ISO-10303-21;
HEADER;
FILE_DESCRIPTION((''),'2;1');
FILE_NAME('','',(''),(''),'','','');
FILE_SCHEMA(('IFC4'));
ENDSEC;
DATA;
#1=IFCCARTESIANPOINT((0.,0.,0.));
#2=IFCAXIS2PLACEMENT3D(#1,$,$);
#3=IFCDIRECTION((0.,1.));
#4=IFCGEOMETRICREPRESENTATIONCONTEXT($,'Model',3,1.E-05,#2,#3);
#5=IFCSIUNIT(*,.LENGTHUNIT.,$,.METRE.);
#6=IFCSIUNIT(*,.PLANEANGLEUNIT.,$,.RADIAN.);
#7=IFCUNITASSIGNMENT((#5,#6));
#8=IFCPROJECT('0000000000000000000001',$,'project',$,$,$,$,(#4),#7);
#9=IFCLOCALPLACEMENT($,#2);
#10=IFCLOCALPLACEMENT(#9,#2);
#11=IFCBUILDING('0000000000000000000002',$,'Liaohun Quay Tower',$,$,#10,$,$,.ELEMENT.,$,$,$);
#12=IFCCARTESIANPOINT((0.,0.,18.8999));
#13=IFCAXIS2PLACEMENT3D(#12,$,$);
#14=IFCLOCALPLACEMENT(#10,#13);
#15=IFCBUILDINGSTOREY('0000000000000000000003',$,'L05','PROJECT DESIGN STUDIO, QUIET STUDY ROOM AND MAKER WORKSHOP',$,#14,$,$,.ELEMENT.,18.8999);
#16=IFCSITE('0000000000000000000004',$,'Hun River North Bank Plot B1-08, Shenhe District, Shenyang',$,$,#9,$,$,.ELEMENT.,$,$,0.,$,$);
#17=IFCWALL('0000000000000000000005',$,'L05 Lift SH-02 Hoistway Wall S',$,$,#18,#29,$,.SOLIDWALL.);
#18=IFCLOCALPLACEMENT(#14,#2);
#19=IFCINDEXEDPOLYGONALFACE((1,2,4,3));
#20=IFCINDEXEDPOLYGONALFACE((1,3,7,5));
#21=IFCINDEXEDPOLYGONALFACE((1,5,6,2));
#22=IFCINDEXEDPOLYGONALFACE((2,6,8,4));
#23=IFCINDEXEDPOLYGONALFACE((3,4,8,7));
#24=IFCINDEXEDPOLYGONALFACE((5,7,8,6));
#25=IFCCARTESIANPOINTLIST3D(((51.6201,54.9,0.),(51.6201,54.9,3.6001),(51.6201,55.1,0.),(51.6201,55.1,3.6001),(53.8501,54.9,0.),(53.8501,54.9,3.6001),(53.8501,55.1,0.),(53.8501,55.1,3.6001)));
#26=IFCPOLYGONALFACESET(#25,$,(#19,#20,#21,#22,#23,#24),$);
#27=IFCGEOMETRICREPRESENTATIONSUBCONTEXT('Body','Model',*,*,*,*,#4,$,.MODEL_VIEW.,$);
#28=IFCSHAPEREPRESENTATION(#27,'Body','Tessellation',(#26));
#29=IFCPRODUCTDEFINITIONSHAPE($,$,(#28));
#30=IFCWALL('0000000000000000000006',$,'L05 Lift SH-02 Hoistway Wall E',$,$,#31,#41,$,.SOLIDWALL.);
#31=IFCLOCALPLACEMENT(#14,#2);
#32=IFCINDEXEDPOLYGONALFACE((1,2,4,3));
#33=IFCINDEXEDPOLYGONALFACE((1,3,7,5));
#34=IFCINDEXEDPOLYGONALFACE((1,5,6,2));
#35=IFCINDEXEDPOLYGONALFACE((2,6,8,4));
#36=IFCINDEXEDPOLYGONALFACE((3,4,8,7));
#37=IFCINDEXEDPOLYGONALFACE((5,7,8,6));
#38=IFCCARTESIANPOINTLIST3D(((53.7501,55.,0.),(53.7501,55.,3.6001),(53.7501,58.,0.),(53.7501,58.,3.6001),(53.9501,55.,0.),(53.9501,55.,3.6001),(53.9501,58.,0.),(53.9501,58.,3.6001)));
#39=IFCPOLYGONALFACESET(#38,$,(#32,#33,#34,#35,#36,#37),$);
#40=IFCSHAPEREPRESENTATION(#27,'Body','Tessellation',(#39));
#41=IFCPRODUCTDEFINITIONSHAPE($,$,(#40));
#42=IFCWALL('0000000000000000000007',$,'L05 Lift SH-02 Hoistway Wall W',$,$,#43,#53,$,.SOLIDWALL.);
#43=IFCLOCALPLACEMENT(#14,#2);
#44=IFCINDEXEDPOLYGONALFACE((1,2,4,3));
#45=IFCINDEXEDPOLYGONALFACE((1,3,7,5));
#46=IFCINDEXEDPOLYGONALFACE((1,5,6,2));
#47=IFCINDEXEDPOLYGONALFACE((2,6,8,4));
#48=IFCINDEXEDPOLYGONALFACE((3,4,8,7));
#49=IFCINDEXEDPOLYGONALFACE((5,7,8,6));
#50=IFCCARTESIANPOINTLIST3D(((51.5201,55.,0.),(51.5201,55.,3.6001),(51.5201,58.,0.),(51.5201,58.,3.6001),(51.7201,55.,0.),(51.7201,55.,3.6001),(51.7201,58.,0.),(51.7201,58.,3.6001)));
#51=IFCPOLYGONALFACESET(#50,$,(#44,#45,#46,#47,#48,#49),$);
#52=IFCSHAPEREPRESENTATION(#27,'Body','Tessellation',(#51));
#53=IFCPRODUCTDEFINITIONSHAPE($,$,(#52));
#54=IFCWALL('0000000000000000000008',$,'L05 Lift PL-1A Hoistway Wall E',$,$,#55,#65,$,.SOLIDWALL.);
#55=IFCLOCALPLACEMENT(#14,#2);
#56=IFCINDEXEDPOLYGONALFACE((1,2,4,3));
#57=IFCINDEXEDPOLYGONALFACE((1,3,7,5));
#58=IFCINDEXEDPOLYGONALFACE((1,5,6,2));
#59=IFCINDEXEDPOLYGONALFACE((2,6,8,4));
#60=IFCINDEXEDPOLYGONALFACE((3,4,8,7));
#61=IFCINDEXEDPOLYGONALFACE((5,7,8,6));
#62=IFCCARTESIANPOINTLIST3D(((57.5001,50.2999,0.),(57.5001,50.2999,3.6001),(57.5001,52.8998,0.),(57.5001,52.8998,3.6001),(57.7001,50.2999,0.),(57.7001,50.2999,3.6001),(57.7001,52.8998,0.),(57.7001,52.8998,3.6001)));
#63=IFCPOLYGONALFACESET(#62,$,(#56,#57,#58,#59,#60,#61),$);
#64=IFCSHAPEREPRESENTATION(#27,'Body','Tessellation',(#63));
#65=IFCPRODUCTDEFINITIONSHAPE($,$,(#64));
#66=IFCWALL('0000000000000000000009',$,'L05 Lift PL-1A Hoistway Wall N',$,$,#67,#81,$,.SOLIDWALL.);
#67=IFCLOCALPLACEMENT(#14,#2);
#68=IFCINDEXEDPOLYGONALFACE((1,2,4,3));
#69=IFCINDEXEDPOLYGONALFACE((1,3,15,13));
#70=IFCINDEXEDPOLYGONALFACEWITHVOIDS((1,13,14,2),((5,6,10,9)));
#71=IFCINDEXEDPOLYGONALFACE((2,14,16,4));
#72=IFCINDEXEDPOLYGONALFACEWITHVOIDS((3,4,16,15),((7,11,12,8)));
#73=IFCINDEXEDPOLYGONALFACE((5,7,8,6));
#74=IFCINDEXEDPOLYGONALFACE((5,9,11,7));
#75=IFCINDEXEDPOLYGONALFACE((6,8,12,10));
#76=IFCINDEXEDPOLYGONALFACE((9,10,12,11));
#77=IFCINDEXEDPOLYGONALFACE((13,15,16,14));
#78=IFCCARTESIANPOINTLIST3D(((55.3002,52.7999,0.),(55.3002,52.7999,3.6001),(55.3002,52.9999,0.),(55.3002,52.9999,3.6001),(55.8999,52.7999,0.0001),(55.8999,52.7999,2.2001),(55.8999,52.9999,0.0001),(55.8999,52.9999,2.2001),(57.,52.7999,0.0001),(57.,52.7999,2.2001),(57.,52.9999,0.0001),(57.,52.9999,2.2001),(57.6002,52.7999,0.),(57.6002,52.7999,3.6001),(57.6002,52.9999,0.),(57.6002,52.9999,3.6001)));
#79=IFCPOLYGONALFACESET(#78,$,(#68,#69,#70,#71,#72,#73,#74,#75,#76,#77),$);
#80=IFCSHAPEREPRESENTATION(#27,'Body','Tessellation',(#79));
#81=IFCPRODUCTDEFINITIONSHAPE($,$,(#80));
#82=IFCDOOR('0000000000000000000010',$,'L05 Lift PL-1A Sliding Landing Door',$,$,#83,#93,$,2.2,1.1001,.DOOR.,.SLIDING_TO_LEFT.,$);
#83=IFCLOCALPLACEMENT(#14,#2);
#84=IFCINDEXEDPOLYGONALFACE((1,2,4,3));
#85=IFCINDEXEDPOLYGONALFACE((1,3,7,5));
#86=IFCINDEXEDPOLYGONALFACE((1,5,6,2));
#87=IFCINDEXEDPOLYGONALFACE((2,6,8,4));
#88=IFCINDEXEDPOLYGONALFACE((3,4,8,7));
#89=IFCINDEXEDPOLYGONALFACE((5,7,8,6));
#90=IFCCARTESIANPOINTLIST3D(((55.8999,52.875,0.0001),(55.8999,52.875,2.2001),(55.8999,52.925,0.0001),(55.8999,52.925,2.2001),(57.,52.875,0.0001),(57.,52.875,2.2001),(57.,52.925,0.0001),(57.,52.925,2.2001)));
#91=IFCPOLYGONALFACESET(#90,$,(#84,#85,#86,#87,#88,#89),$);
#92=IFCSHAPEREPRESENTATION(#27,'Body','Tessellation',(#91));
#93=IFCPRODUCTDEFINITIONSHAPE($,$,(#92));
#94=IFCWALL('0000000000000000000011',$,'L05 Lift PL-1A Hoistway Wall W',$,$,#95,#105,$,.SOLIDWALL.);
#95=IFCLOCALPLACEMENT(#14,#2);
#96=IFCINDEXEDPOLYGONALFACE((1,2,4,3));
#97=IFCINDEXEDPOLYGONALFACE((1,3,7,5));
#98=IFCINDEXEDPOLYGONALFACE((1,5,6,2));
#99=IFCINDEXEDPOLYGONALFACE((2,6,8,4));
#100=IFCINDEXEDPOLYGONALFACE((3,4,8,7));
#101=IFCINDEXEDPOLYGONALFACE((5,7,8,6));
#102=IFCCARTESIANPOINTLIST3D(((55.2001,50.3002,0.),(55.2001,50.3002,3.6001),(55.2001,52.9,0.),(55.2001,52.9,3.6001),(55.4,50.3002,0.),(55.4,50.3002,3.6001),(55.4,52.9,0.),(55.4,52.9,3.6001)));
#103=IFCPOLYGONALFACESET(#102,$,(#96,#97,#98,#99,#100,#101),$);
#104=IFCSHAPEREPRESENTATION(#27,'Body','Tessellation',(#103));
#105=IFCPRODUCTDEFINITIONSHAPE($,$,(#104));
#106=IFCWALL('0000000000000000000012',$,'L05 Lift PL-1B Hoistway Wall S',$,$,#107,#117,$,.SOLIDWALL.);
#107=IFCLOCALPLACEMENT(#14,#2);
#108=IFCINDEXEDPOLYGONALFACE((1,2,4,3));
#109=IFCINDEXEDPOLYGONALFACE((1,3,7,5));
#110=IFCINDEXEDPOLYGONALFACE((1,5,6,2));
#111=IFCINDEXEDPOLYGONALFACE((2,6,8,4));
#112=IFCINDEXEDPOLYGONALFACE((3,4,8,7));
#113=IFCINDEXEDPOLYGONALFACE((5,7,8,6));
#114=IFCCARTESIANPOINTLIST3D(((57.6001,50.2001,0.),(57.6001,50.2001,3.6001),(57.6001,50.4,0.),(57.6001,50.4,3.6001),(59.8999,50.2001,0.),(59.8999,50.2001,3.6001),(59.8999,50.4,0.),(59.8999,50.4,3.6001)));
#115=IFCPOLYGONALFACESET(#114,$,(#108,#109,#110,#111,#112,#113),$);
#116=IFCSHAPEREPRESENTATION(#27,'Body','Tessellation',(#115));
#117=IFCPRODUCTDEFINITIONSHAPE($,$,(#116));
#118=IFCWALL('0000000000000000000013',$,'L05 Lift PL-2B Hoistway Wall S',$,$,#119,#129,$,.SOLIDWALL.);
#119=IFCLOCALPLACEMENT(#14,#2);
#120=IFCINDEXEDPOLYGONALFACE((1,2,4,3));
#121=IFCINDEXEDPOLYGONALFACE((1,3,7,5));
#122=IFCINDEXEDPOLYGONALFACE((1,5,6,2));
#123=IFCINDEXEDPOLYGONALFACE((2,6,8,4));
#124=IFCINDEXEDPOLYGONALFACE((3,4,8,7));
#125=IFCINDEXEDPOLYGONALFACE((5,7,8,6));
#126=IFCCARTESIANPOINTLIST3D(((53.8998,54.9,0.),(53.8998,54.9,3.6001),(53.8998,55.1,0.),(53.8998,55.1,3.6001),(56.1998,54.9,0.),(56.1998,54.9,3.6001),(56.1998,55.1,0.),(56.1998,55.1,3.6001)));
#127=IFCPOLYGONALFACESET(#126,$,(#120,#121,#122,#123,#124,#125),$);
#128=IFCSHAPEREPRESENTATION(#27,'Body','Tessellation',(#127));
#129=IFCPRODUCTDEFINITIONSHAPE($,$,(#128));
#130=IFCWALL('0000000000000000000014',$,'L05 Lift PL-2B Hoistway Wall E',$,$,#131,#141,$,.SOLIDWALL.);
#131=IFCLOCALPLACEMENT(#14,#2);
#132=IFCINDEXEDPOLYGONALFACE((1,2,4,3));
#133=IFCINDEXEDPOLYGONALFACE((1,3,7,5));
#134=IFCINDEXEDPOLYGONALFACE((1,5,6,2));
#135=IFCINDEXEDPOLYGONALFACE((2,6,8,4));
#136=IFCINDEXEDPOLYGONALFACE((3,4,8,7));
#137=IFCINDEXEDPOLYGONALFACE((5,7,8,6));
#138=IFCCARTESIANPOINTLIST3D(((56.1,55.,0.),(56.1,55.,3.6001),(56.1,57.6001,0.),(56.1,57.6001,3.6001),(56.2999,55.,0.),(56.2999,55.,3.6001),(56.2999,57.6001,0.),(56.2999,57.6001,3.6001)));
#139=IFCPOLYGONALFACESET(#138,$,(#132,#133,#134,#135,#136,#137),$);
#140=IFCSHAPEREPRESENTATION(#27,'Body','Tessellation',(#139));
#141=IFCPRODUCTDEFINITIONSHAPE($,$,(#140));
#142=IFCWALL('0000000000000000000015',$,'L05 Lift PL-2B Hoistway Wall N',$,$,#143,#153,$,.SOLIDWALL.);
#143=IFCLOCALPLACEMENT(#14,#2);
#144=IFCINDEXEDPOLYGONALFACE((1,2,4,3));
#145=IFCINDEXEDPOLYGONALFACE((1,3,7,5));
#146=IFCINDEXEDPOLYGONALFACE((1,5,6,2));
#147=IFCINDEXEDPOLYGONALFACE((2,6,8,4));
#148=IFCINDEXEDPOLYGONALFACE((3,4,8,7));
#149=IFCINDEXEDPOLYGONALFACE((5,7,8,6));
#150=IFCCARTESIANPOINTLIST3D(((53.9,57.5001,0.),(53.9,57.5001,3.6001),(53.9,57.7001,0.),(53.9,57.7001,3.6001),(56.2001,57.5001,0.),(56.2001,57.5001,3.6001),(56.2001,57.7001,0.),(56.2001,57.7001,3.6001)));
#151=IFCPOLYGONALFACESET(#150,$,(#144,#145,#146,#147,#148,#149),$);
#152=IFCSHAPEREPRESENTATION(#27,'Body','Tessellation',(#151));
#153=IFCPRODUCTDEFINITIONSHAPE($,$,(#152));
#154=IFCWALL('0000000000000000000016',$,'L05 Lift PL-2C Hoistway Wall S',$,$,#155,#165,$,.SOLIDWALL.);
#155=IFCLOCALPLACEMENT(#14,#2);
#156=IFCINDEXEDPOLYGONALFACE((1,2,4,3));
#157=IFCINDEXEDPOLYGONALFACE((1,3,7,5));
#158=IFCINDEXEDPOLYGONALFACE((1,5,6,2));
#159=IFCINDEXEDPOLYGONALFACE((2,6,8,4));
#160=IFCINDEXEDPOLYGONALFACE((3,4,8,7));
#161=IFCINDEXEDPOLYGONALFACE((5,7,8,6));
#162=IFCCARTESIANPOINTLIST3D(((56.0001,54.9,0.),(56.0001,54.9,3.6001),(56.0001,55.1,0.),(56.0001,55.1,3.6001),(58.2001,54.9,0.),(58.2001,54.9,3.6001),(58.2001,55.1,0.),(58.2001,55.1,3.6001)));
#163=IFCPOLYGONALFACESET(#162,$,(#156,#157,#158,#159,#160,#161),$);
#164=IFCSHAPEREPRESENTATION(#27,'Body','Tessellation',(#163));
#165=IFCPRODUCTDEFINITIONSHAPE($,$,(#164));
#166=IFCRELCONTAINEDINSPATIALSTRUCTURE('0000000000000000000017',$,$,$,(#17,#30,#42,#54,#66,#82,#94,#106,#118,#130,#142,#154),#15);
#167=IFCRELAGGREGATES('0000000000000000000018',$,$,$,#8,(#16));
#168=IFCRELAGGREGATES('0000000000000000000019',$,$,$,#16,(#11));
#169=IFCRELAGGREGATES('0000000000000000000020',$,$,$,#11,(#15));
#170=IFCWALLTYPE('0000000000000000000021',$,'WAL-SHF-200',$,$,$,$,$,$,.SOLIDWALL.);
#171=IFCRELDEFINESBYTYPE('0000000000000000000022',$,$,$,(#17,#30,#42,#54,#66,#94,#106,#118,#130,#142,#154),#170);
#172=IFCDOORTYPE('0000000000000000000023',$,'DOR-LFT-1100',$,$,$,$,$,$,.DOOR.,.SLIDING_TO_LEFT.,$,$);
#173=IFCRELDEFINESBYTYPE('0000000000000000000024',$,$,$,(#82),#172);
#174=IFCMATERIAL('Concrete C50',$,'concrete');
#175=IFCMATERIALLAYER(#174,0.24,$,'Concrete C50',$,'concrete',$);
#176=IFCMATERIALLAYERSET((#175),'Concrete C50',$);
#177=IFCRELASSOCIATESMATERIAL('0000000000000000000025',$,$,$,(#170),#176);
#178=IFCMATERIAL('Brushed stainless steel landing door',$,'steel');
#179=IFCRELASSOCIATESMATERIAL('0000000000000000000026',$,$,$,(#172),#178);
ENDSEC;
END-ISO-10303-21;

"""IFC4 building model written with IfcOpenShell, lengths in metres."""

from ifc_helpers import new_model, si_unit, direction, frame, frame_2d, origin, place, context, subcontext, project, spatial, rectangle, extrude, source, transform, mapped, material, layer, layer_set, type_object, element, fill, save


model = new_model("IFC4")

# Units and contexts
model_context = context("Model", 3, precision=1e-05, world=origin(), true_north=direction((0.0, 1.0)))
body_context = subcontext(model_context, "Body", "Model", "MODEL_VIEW")
ifc_project = project(units=[si_unit("LENGTHUNIT", "METRE"), si_unit("PLANEANGLEUNIT", "RADIAN")], contexts=[model_context])

# Site, building, storey
site_placement = place(None, origin())
site = spatial("IfcSite", under=ifc_project, at=site_placement, Name="Hun River North Bank Plot B1-08, Shenhe District, Shenyang", CompositionType="ELEMENT", RefElevation=0.0)
building_placement = place(site_placement, origin())
building = spatial("IfcBuilding", under=site, at=building_placement, Name="Liaohun Quay Tower", CompositionType="ELEMENT")
storey_placement = place(building_placement, frame((0.0, 0.0, 18.8999)))
storey = spatial("IfcBuildingStorey", under=building, at=storey_placement, Name="L05", Description="PROJECT DESIGN STUDIO, QUIET STUDY ROOM AND MAKER WORKSHOP", CompositionType="ELEMENT", Elevation=18.8999)

# Walls
ifc_material_1 = material(Name="Concrete C50", Category="concrete")
ifc_layer_1 = layer(ifc_material_1, 0.24, Name="Concrete C50", Category="concrete")
ifc_layer_set_1 = layer_set([ifc_layer_1], Name="Concrete C50")
wall_type_1 = type_object("IfcWallType", Name="WAL-SHF-200", PredefinedType="SOLIDWALL", material=ifc_layer_set_1)
wall_1_placement = place(storey_placement, frame((51.6201, 55.0, 0.0), z_axis=(0.0, 0.0, 1.0), x_axis=(1.0, 0.0, 0.0)))
element("IfcWall", 1, at=wall_1_placement, inside=storey, type_object=wall_type_1, Name="L05 Lift SH-02 Hoistway Wall S", PredefinedType="SOLIDWALL", context=body_context, shape_type="SweptSolid", body=[
    extrude(rectangle(XDim=2.23, YDim=0.2, at=frame_2d((1.115, 0.0))), origin(), (0.0, 0.0, 1.0), 3.6001),
])
for number, where, z_axis, x_axis, name in (
    (2, (53.8501, 55.0, 0.0), (0.0, 0.0, 1.0), (0.0, 1.0, 0.0), "L05 Lift SH-02 Hoistway Wall E"),
    (3, (51.6201, 58.0, 0.0), (0.0, 0.0, 1.0), (0.0, -1.0, 0.0), "L05 Lift SH-02 Hoistway Wall W"),
):
    element("IfcWall", number, at=place(storey_placement, frame(where, z_axis=z_axis, x_axis=x_axis)), inside=storey, type_object=wall_type_1, Name=name, PredefinedType="SOLIDWALL", context=body_context, shape_type="SweptSolid", body=[
        extrude(rectangle(XDim=3.0, YDim=0.2, at=frame_2d((1.5, 0.0))), origin(), (0.0, 0.0, 1.0), 3.6001),
    ])
wall_2_placement = place(storey_placement, frame((57.6001, 50.3, 0.0), z_axis=(0.0, 0.0, 1.0), x_axis=(0.0, 1.0, 0.0)))
element("IfcWall", 4, at=wall_2_placement, inside=storey, type_object=wall_type_1, Name="L05 Lift PL-1A Hoistway Wall E", PredefinedType="SOLIDWALL", context=body_context, shape_type="SweptSolid", body=[
    extrude(rectangle(XDim=2.5999, YDim=0.2, at=frame_2d((1.2998, 0.0))), origin(), (0.0, 0.0, 1.0), 3.6001),
])

# Wall, opening, door
wall_3_placement = place(storey_placement, frame((57.6001, 52.8999, 0.0), z_axis=(0.0, 0.0, 1.0), x_axis=(-1.0, 0.0, 0.0)))
wall_3 = element("IfcWall", 5, at=wall_3_placement, inside=storey, type_object=wall_type_1, Name="L05 Lift PL-1A Hoistway Wall N", PredefinedType="SOLIDWALL", context=body_context, shape_type="SweptSolid", body=[
    extrude(rectangle(XDim=2.3, YDim=0.2, at=frame_2d((1.1499, 0.0))), origin(), (0.0, 0.0, 1.0), 3.6001),
])
shared_shape_1 = source(origin(), body_context, "Body", "SweptSolid", [
    extrude(rectangle(XDim=1.1001, YDim=2.2, at=frame_2d((0.55, 1.1001))), frame((0.0, 0.1099, 0.0), z_axis=(0.0, -1.0, 0.0), x_axis=(1.0, 0.0, 0.0)), (0.0, 0.0, 1.0), 0.22),
])
opening_1_placement = place(wall_3_placement, frame((0.6001, 0.0, 0.0)))
opening_1 = element("IfcOpeningElement", 6, at=opening_1_placement, cuts=wall_3, PredefinedType="OPENING", context=body_context, shape_type="MappedRepresentation", body=[
    mapped(shared_shape_1, transform((0.0, 0.0, 0.0), x_axis=(1.0, 0.0, 0.0), y_axis=(0.0, 1.0, 0.0), z_axis=(0.0, 0.0, 1.0), scale=1.0)),
])
ifc_material_2 = material(Name="Brushed stainless steel landing door", Category="steel")
door_type_1 = type_object("IfcDoorType", Name="DOR-LFT-1100", OperationType="SLIDING_TO_LEFT", PredefinedType="DOOR", material=ifc_material_2)
shared_shape_2 = source(origin(), body_context, "Body", "SweptSolid", [
    extrude(rectangle(XDim=1.1001, YDim=2.2, at=frame_2d((0.55, 1.1001))), frame((0.0, 0.0249, 0.0), z_axis=(0.0, -1.0, 0.0), x_axis=(1.0, 0.0, 0.0)), (0.0, 0.0, 1.0), 0.05),
])
door_1_placement = place(opening_1_placement, origin())
door_1 = element("IfcDoor", 7, at=door_1_placement, inside=storey, type_object=door_type_1, Name="L05 Lift PL-1A Sliding Landing Door", OperationType="SLIDING_TO_LEFT", OverallHeight=2.2, OverallWidth=1.1001, PredefinedType="DOOR", context=body_context, shape_type="MappedRepresentation", body=[
    mapped(shared_shape_2, transform((0.0, 0.0, 0.0), x_axis=(1.0, 0.0, 0.0), y_axis=(0.0, 1.0, 0.0), z_axis=(0.0, 0.0, 1.0), scale=1.0)),
])
fill(opening_1, door_1)

# Walls
wall_4_placement = place(storey_placement, frame((55.3, 52.8999, 0.0), z_axis=(0.0, 0.0, 1.0), x_axis=(0.0, -1.0, 0.0)))
element("IfcWall", 8, at=wall_4_placement, inside=storey, type_object=wall_type_1, Name="L05 Lift PL-1A Hoistway Wall W", PredefinedType="SOLIDWALL", context=body_context, shape_type="SweptSolid", body=[
    extrude(rectangle(XDim=2.5999, YDim=0.2, at=frame_2d((1.2998, 0.0))), origin(), (0.0, 0.0, 1.0), 3.6001),
])
wall_5_placement = place(storey_placement, frame((57.6001, 50.3, 0.0), z_axis=(0.0, 0.0, 1.0), x_axis=(1.0, 0.0, 0.0)))
element("IfcWall", 9, at=wall_5_placement, inside=storey, type_object=wall_type_1, Name="L05 Lift PL-1B Hoistway Wall S", PredefinedType="SOLIDWALL", context=body_context, shape_type="SweptSolid", body=[
    extrude(rectangle(XDim=2.2998, YDim=0.2, at=frame_2d((1.1499, 0.0))), origin(), (0.0, 0.0, 1.0), 3.6001),
])
wall_6_placement = place(storey_placement, frame((53.8999, 55.0, 0.0), z_axis=(0.0, 0.0, 1.0), x_axis=(1.0, 0.0, 0.0)))
element("IfcWall", 10, at=wall_6_placement, inside=storey, type_object=wall_type_1, Name="L05 Lift PL-2B Hoistway Wall S", PredefinedType="SOLIDWALL", context=body_context, shape_type="SweptSolid", body=[
    extrude(rectangle(XDim=2.3, YDim=0.2, at=frame_2d((1.1499, 0.0))), origin(), (0.0, 0.0, 1.0), 3.6001),
])
wall_7_placement = place(storey_placement, frame((56.2, 55.0, 0.0), z_axis=(0.0, 0.0, 1.0), x_axis=(0.0, 1.0, 0.0)))
element("IfcWall", 11, at=wall_7_placement, inside=storey, type_object=wall_type_1, Name="L05 Lift PL-2B Hoistway Wall E", PredefinedType="SOLIDWALL", context=body_context, shape_type="SweptSolid", body=[
    extrude(rectangle(XDim=2.6001, YDim=0.2, at=frame_2d((1.3, 0.0))), origin(), (0.0, 0.0, 1.0), 3.6001),
])
wall_8_placement = place(storey_placement, frame((56.2, 57.6001, 0.0), z_axis=(0.0, 0.0, 1.0), x_axis=(-1.0, 0.0, 0.0)))
element("IfcWall", 12, at=wall_8_placement, inside=storey, type_object=wall_type_1, Name="L05 Lift PL-2B Hoistway Wall N", PredefinedType="SOLIDWALL", context=body_context, shape_type="SweptSolid", body=[
    extrude(rectangle(XDim=2.3, YDim=0.2, at=frame_2d((1.1499, 0.0))), origin(), (0.0, 0.0, 1.0), 3.6001),
])
wall_9_placement = place(storey_placement, frame((56.0, 55.0, 0.0), z_axis=(0.0, 0.0, 1.0), x_axis=(1.0, 0.0, 0.0)))
element("IfcWall", 13, at=wall_9_placement, inside=storey, type_object=wall_type_1, Name="L05 Lift PL-2C Hoistway Wall S", PredefinedType="SOLIDWALL", context=body_context, shape_type="SweptSolid", body=[
    extrude(rectangle(XDim=2.2, YDim=0.2, at=frame_2d((1.1001, 0.0))), origin(), (0.0, 0.0, 1.0), 3.6001),
])

save(model, "model.ifc")
